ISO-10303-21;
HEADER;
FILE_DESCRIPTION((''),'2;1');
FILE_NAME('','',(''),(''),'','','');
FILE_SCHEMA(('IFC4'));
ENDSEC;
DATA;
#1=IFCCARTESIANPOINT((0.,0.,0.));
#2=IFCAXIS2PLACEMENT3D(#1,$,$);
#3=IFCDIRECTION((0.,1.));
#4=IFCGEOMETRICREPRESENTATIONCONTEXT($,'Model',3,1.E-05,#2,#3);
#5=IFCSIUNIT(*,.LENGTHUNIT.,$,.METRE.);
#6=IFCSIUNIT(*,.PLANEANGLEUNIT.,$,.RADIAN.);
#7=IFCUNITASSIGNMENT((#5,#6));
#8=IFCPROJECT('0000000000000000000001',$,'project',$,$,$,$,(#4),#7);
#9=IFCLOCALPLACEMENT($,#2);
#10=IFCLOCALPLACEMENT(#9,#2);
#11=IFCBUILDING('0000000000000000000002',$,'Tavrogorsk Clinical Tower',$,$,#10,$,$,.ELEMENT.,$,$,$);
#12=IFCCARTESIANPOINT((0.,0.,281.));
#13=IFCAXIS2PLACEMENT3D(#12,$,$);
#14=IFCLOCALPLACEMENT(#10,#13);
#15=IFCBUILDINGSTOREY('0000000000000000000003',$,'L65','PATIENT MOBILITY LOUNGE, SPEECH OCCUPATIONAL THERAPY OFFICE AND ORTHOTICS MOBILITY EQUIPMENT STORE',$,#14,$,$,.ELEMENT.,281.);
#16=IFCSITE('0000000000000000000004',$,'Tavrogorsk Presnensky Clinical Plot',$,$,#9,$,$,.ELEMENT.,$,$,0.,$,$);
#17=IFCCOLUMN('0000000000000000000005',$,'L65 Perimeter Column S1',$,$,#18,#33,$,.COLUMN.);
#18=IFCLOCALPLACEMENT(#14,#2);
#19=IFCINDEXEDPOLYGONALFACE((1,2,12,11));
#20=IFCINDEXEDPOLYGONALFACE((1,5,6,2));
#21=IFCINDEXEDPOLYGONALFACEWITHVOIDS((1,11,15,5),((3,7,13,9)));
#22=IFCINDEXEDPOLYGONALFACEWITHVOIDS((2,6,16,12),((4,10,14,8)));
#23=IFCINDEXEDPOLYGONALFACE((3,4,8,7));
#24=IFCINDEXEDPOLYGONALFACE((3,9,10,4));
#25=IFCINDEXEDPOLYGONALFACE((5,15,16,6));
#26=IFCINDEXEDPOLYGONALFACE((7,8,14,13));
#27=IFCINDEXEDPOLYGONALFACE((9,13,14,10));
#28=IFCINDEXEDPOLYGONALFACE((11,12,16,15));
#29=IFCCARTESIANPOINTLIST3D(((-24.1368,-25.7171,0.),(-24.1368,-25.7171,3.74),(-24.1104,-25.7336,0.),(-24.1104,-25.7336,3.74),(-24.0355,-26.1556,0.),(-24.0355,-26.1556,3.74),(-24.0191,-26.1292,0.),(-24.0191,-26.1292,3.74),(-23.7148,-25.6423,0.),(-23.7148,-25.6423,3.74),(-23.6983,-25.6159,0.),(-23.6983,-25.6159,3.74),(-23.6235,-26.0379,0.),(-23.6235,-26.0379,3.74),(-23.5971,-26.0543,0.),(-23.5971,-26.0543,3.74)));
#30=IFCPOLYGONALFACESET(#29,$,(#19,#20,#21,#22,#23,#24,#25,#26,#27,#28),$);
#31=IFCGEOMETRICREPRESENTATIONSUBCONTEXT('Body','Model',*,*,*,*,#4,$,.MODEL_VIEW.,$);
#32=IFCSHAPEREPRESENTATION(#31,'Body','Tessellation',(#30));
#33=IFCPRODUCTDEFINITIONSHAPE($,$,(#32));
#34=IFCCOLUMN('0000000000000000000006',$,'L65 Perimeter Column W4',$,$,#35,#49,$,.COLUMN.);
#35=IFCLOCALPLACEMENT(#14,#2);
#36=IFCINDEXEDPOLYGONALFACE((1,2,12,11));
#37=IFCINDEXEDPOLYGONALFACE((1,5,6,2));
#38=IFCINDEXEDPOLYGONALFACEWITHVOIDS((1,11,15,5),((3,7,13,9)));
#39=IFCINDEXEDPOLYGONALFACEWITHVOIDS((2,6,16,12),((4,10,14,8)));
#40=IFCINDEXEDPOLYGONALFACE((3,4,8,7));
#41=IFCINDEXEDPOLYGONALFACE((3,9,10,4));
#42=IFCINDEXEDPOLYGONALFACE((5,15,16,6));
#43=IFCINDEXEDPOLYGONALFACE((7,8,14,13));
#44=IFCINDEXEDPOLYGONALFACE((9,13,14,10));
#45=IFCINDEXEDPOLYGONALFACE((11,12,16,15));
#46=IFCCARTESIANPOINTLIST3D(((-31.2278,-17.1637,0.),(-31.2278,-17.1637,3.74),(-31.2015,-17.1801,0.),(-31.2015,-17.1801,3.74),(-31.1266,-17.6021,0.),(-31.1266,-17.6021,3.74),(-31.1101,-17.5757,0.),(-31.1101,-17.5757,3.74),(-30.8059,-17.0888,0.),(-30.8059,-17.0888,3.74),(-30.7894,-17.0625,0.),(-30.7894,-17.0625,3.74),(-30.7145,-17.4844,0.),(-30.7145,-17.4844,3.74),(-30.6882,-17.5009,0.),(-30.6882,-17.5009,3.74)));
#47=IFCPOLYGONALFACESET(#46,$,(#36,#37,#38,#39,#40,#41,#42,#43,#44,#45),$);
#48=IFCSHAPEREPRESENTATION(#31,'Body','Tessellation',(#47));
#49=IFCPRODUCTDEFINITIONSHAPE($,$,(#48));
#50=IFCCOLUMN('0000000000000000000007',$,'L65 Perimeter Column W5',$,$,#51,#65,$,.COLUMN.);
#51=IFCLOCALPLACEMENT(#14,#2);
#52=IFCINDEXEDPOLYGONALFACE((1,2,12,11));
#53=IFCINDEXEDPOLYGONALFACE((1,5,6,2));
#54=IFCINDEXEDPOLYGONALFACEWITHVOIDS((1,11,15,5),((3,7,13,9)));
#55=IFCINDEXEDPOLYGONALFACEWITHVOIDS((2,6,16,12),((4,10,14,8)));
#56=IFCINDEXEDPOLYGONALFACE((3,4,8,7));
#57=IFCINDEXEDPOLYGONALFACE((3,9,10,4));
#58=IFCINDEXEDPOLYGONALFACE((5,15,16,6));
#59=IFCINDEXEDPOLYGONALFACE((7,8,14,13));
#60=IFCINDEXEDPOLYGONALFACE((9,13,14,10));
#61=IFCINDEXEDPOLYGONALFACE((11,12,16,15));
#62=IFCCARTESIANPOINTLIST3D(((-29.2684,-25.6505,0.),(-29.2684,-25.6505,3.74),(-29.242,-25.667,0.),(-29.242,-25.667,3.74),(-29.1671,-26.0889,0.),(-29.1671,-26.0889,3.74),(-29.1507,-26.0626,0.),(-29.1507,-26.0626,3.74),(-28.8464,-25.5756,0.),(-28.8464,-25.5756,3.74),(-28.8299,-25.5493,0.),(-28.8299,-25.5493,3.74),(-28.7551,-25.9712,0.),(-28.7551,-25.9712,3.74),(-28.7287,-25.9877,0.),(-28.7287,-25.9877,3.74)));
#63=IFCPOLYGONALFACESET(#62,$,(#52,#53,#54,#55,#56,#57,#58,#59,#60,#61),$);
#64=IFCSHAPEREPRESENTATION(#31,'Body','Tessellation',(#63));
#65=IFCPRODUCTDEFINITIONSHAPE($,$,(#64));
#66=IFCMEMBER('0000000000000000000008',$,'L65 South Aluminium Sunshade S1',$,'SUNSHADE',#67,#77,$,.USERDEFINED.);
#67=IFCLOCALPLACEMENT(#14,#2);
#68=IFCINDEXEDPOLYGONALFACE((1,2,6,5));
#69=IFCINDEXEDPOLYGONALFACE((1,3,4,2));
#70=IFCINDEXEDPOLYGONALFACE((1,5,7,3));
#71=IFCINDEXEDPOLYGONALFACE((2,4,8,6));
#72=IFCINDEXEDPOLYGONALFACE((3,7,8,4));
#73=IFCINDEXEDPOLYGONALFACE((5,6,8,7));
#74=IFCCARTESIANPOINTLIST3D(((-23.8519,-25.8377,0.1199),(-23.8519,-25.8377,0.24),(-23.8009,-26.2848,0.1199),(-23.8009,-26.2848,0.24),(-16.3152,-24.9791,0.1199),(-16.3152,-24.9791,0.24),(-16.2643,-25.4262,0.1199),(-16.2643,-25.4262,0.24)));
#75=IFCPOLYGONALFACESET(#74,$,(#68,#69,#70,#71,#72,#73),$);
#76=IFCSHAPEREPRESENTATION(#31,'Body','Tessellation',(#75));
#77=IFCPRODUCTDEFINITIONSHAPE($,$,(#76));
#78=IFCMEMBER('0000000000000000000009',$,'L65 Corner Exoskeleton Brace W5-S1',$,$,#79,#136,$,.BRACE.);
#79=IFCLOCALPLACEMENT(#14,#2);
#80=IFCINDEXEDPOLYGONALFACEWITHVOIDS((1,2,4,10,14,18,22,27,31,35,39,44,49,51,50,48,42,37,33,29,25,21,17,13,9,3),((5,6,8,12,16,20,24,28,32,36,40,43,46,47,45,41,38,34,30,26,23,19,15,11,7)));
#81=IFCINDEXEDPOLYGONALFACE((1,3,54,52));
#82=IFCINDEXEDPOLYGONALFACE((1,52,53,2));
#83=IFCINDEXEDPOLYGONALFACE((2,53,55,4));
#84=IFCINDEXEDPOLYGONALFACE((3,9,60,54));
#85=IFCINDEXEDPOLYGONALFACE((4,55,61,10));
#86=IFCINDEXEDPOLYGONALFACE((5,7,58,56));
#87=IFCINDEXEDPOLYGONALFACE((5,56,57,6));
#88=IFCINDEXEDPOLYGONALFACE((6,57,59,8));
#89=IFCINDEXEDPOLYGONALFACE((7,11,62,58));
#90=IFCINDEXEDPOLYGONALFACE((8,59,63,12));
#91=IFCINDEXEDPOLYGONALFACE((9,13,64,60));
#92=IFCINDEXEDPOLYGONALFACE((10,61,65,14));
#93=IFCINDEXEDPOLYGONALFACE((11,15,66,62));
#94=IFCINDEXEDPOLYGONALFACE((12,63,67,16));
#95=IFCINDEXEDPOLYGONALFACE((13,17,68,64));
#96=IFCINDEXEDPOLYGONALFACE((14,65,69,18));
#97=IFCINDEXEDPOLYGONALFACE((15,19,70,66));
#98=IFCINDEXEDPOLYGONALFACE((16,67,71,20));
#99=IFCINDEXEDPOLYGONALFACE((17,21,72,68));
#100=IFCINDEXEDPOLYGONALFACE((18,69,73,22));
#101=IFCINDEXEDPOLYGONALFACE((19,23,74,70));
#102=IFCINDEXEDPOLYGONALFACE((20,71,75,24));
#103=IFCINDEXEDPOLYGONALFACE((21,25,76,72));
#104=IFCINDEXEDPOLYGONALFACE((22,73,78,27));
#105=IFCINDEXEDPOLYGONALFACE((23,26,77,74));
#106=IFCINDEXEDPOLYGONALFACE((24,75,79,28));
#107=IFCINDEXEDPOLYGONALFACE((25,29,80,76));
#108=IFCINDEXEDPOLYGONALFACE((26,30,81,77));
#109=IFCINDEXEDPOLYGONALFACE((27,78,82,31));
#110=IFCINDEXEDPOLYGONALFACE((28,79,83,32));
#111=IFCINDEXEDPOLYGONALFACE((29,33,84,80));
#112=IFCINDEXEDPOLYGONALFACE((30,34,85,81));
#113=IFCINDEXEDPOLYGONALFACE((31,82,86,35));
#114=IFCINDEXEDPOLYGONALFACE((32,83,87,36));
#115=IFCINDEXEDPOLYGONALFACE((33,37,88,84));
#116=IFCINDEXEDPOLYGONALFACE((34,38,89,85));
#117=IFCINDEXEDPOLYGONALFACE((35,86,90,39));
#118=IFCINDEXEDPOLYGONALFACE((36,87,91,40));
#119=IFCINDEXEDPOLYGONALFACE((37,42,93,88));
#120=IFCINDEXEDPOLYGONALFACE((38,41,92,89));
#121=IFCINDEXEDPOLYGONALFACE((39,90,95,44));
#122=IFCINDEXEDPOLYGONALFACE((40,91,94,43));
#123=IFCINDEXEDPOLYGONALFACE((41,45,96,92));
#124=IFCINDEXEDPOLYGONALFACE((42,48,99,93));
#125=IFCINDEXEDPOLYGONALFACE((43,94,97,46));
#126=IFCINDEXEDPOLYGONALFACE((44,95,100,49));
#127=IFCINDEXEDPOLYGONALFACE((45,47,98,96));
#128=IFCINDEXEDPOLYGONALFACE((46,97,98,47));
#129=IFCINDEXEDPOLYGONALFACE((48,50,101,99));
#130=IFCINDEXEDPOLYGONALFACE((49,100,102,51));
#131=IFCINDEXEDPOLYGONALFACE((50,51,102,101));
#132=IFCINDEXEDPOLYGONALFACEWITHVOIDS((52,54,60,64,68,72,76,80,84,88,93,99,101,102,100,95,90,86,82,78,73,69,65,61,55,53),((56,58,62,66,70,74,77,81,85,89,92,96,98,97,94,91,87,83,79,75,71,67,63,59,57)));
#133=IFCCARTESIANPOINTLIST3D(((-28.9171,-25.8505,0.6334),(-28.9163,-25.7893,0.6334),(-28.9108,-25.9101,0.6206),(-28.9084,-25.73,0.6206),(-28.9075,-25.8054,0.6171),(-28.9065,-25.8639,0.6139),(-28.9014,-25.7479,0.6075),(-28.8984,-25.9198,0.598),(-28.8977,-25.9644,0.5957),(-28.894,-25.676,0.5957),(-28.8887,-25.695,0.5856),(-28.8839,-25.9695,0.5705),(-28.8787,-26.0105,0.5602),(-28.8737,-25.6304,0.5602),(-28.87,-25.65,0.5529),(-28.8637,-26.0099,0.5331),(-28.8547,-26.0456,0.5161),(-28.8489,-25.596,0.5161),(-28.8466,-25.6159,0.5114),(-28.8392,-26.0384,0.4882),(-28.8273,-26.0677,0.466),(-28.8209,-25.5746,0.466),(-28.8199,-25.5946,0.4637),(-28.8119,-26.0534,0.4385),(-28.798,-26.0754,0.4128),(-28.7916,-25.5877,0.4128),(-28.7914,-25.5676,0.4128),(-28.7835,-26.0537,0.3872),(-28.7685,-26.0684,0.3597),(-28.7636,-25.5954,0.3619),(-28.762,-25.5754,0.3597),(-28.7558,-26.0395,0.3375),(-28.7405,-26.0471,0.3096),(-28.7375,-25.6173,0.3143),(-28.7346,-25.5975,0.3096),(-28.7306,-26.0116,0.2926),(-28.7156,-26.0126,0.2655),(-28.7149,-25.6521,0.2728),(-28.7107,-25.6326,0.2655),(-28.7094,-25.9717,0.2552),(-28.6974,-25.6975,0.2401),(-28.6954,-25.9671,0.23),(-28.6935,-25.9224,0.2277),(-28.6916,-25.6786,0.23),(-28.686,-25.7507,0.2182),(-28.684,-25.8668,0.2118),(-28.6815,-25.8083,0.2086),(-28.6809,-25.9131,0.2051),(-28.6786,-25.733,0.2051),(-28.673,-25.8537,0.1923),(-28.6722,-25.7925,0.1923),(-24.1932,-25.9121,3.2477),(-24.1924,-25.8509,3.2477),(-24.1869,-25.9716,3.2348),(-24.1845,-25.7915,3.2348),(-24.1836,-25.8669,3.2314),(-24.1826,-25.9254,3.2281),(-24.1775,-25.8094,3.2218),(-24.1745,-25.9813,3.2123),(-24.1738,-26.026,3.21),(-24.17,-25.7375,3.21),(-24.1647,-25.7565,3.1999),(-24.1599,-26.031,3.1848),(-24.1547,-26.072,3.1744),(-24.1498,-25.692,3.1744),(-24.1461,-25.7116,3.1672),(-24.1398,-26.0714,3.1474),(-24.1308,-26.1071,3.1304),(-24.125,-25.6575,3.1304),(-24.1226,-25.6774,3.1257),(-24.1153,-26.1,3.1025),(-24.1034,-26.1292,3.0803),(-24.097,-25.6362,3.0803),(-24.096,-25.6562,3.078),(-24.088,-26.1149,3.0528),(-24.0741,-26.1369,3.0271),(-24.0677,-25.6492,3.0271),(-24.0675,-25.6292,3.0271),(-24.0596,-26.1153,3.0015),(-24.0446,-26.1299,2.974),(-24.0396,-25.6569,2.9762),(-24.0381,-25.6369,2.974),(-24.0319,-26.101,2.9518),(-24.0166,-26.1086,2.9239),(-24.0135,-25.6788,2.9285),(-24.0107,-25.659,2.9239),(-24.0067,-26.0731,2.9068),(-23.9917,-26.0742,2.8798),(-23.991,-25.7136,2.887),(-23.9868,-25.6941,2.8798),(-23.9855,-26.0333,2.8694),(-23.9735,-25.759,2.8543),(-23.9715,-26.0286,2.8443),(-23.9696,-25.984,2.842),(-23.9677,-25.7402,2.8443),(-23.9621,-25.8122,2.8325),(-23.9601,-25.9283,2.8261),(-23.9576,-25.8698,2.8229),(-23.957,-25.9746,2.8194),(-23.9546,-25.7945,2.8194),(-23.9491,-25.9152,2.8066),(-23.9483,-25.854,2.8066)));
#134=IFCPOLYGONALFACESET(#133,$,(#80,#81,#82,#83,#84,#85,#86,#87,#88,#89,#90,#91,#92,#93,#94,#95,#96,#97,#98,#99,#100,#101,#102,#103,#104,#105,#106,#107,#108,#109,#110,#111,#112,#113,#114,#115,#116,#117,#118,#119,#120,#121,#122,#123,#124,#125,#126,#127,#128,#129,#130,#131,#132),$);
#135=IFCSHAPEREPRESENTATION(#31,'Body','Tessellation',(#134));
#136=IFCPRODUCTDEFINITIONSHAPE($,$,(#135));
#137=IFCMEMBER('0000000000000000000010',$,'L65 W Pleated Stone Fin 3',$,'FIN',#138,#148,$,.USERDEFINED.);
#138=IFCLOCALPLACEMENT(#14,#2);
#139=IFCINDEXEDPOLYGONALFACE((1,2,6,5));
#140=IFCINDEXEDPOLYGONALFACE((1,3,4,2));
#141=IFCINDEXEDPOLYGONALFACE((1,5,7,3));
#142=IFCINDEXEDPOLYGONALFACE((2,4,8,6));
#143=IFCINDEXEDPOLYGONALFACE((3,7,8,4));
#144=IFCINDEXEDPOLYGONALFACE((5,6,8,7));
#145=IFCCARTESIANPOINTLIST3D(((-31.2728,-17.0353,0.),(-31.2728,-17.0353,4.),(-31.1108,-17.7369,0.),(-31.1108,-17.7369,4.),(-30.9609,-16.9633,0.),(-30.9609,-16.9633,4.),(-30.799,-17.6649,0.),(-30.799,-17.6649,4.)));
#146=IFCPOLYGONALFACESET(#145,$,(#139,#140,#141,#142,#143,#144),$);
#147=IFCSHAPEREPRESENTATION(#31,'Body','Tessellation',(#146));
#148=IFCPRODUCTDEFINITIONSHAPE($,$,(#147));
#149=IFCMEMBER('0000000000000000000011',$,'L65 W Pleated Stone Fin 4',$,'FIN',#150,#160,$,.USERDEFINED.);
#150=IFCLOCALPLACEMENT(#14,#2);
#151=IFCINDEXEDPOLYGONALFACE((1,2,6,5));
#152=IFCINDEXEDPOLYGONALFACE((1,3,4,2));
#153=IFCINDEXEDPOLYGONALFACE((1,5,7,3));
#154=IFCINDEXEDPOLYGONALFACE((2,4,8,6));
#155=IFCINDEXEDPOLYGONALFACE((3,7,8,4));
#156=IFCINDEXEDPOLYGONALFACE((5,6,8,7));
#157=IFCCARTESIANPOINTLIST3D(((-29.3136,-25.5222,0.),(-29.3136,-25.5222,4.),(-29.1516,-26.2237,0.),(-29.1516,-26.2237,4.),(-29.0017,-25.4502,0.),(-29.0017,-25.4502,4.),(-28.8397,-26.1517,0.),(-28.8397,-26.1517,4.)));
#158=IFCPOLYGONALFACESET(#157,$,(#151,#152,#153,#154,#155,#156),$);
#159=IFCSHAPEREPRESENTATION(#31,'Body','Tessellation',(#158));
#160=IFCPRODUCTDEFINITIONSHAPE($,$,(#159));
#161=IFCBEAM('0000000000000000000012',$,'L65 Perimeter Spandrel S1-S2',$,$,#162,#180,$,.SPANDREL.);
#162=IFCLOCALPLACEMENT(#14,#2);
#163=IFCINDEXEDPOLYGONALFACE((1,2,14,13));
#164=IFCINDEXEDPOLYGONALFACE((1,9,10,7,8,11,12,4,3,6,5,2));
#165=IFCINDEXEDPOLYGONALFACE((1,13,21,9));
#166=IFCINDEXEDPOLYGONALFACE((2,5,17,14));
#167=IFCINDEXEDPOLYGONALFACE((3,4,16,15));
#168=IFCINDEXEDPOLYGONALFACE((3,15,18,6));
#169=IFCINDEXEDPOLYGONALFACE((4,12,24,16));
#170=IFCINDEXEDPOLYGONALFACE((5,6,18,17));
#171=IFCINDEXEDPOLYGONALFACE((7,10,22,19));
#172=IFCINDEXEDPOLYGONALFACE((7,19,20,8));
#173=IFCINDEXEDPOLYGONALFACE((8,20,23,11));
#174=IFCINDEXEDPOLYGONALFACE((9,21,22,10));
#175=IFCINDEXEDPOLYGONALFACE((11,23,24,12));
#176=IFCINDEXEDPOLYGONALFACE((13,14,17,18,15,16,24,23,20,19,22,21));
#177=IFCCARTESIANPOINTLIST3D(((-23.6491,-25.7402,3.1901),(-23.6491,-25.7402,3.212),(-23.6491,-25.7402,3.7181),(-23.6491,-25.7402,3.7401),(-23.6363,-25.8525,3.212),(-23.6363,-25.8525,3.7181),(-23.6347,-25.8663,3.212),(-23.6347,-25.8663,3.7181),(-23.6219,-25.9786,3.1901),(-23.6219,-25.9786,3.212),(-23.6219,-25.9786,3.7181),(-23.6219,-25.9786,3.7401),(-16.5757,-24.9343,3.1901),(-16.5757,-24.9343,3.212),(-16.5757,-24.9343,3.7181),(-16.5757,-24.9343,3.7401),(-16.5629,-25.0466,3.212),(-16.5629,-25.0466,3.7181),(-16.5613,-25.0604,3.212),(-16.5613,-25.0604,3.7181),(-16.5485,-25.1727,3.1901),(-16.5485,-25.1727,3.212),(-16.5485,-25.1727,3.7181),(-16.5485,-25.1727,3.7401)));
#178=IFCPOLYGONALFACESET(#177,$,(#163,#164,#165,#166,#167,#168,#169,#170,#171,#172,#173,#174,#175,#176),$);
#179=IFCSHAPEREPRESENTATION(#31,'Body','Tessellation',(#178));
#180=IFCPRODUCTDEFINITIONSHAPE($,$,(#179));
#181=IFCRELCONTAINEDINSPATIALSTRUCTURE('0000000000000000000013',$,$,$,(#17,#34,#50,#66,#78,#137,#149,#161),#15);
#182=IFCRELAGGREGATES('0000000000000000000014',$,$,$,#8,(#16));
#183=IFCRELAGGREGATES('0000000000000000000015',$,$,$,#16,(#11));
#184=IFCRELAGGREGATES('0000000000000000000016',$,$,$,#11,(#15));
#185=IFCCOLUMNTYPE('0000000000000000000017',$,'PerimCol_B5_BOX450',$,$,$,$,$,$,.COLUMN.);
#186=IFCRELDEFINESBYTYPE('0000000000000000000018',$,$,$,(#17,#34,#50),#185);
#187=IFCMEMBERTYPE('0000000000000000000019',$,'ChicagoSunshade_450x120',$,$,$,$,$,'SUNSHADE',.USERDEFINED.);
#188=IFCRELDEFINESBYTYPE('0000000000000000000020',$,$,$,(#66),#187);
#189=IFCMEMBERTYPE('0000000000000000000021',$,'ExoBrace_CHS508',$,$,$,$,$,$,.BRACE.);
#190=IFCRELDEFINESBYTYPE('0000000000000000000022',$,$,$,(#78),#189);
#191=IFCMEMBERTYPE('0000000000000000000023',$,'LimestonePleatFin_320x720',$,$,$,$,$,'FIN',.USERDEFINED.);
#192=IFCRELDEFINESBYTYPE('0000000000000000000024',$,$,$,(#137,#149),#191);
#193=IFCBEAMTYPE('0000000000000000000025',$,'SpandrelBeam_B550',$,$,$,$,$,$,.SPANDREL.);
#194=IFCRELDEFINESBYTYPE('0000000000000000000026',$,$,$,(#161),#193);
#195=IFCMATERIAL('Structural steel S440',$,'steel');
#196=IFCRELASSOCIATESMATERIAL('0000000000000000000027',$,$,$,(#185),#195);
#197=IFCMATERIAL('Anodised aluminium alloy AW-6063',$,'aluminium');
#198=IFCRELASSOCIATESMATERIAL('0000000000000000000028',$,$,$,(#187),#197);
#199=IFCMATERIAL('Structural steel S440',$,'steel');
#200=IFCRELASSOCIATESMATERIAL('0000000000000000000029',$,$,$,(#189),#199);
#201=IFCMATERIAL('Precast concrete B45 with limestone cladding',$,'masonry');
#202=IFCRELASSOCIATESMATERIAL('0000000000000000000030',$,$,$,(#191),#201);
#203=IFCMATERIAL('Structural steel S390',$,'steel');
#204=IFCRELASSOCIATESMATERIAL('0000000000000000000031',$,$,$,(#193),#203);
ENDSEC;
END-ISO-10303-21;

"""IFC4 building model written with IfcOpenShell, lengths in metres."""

from ifc_helpers import new_model, si_unit, direction, frame, origin, origin_2d, place, context, subcontext, project, spatial, rectangle, hollow_rectangle, hollow_circle, i_section, extrude, material, material_profile, profile_set, type_object, element, save


model = new_model("IFC4")

# Units and contexts
model_context = context("Model", 3, precision=1e-05, world=origin(), true_north=direction((0.0, 1.0)))
body_context = subcontext(model_context, "Body", "Model", "MODEL_VIEW")
ifc_project = project(units=[si_unit("LENGTHUNIT", "METRE"), si_unit("PLANEANGLEUNIT", "RADIAN")], contexts=[model_context])

# Site, building, storey
site_placement = place(None, origin())
site = spatial("IfcSite", under=ifc_project, at=site_placement, Name="Tavrogorsk Presnensky Clinical Plot", CompositionType="ELEMENT", RefElevation=0.0)
building_placement = place(site_placement, origin())
building = spatial("IfcBuilding", under=site, at=building_placement, Name="Tavrogorsk Clinical Tower", CompositionType="ELEMENT")
storey_placement = place(building_placement, frame((0.0, 0.0, 281.0)))
storey = spatial("IfcBuildingStorey", under=building, at=storey_placement, Name="L65", Description="PATIENT MOBILITY LOUNGE, SPEECH OCCUPATIONAL THERAPY OFFICE AND ORTHOTICS MOBILITY EQUIPMENT STORE", CompositionType="ELEMENT", Elevation=281.0)

# Columns
ifc_material_1 = material(Name="Structural steel S440", Category="steel")
ifc_material_profile_1 = material_profile(ifc_material_1, hollow_rectangle(XDim=0.45, YDim=0.45, WallThickness=0.022, at=origin_2d()), Name="BOX-450x450x22")
ifc_profile_set_1 = profile_set([ifc_material_profile_1], Name="Structural steel S440")
column_type = type_object("IfcColumnType", Name="PerimCol_B5_BOX450", PredefinedType="COLUMN", material=ifc_profile_set_1)
for number, where, z_axis, x_axis, name in (
    (1, (-23.8669, -25.8857, 0.0), (0.0, 0.0, 1.0), (0.97437, 0.224951, 0.0), "L65 Perimeter Column S1"),
    (2, (-30.958, -17.3323, 0.0), (0.0, 0.0, 1.0), (0.97437, 0.224951, 0.0), "L65 Perimeter Column W4"),
    (3, (-28.9985, -25.8191, 0.0), (0.0, 0.0, 1.0), (0.97437, 0.224951, 0.0), "L65 Perimeter Column W5"),
):
    element("IfcColumn", number, at=place(storey_placement, frame(where, z_axis=z_axis, x_axis=x_axis)), inside=storey, type_object=column_type, Name=name, PredefinedType="COLUMN", context=body_context, shape_type="SweptSolid", body=[
        extrude(hollow_rectangle(XDim=0.45, YDim=0.45, WallThickness=0.022, at=origin_2d()), origin(), (0.0, 0.0, 1.0), 3.74),
    ])

# Members
ifc_material_2 = material(Name="Anodised aluminium alloy AW-6063", Category="aluminium")
ifc_material_profile_2 = material_profile(ifc_material_2, rectangle(XDim=0.45, YDim=0.1201, at=origin_2d()), Name="ALU-SUNSHADE-450x120")
ifc_profile_set_2 = profile_set([ifc_material_profile_2], Name="Anodised aluminium alloy AW-6063")
member_type_1 = type_object("IfcMemberType", Name="ChicagoSunshade_450x120", ElementType="SUNSHADE", PredefinedType="USERDEFINED", material=ifc_profile_set_2)
member_1_placement = place(storey_placement, frame((-23.8264, -26.0613, 0.1799), z_axis=(0.993573, 0.113197, 0.0), x_axis=(-0.113197, 0.993573, 0.0)))
element("IfcMember", 4, at=member_1_placement, inside=storey, type_object=member_type_1, Name="L65 South Aluminium Sunshade S1", ObjectType="SUNSHADE", PredefinedType="USERDEFINED", context=body_context, shape_type="SweptSolid", body=[
    extrude(rectangle(XDim=0.45, YDim=0.1201, at=origin_2d()), origin(), (0.0, 0.0, 1.0), 7.5854),
])
ifc_material_3 = material(Name="Structural steel S440", Category="steel")
ifc_material_profile_3 = material_profile(ifc_material_3, hollow_circle(Radius=0.2539, WallThickness=0.02, at=origin_2d()), Name="CHS-508x20")
ifc_profile_set_3 = profile_set([ifc_material_profile_3], Name="Structural steel S440")
member_type_2 = type_object("IfcMemberType", Name="ExoBrace_CHS508", PredefinedType="BRACE", material=ifc_profile_set_3)
member_2_placement = place(storey_placement, frame((-28.7947, -25.8215, 0.4128), z_axis=(0.874895, -0.011395, 0.484179), x_axis=(0.013023, 0.999915, 0.0)))
element("IfcMember", 5, at=member_2_placement, inside=storey, type_object=member_type_2, Name="L65 Corner Exoskeleton Brace W5-S1", PredefinedType="BRACE", context=body_context, shape_type="SweptSolid", body=[
    extrude(hollow_circle(Radius=0.2539, WallThickness=0.02, at=origin_2d()), origin(), (0.0, 0.0, 1.0), 5.3994),
])
ifc_material_4 = material(Name="Precast concrete B45 with limestone cladding", Category="masonry")
ifc_material_profile_4 = material_profile(ifc_material_4, rectangle(XDim=0.3201, YDim=0.72, at=origin_2d()), Name="LIMESTONE-FIN-320x720")
ifc_profile_set_4 = profile_set([ifc_material_profile_4], Name="Precast concrete B45 with limestone cladding")
member_type_3 = type_object("IfcMemberType", Name="LimestonePleatFin_320x720", ElementType="FIN", PredefinedType="USERDEFINED", material=ifc_profile_set_4)
for number, where, z_axis, x_axis, name in (
    (6, (-31.0359, -17.3501, 0.0), (0.0, 0.0, 1.0), (0.97437, 0.224951, 0.0), "L65 W Pleated Stone Fin 3"),
    (7, (-29.0767, -25.8369, 0.0), (0.0, 0.0, 1.0), (0.97437, 0.224951, 0.0), "L65 W Pleated Stone Fin 4"),
):
    element("IfcMember", number, at=place(storey_placement, frame(where, z_axis=z_axis, x_axis=x_axis)), inside=storey, type_object=member_type_3, Name=name, ObjectType="FIN", PredefinedType="USERDEFINED", context=body_context, shape_type="SweptSolid", body=[
        extrude(rectangle(XDim=0.3201, YDim=0.72, at=origin_2d()), origin(), (0.0, 0.0, 1.0), 4.0),
    ])

# Beam
ifc_material_5 = material(Name="Structural steel S390", Category="steel")
ifc_material_profile_5 = material_profile(ifc_material_5, i_section(OverallWidth=0.24, OverallDepth=0.55, WebThickness=0.0139, FlangeThickness=0.022, at=origin_2d()), Name="B-550x240x14x22")
ifc_profile_set_5 = profile_set([ifc_material_profile_5], Name="Structural steel S390")
beam_type_1 = type_object("IfcBeamType", Name="SpandrelBeam_B550", PredefinedType="SPANDREL", material=ifc_profile_set_5)
beam_1_placement = place(storey_placement, frame((-23.6355, -25.8594, 3.4651), z_axis=(0.993572, 0.113201, 0.0), x_axis=(-0.113201, 0.993572, 0.0)))
element("IfcBeam", 8, at=beam_1_placement, inside=storey, type_object=beam_type_1, Name="L65 Perimeter Spandrel S1-S2", PredefinedType="SPANDREL", context=body_context, shape_type="SweptSolid", body=[
    extrude(i_section(OverallWidth=0.24, OverallDepth=0.55, WebThickness=0.0139, FlangeThickness=0.022, at=origin_2d()), origin(), (0.0, 0.0, 1.0), 7.1191),
])

save(model, "model.ifc")
